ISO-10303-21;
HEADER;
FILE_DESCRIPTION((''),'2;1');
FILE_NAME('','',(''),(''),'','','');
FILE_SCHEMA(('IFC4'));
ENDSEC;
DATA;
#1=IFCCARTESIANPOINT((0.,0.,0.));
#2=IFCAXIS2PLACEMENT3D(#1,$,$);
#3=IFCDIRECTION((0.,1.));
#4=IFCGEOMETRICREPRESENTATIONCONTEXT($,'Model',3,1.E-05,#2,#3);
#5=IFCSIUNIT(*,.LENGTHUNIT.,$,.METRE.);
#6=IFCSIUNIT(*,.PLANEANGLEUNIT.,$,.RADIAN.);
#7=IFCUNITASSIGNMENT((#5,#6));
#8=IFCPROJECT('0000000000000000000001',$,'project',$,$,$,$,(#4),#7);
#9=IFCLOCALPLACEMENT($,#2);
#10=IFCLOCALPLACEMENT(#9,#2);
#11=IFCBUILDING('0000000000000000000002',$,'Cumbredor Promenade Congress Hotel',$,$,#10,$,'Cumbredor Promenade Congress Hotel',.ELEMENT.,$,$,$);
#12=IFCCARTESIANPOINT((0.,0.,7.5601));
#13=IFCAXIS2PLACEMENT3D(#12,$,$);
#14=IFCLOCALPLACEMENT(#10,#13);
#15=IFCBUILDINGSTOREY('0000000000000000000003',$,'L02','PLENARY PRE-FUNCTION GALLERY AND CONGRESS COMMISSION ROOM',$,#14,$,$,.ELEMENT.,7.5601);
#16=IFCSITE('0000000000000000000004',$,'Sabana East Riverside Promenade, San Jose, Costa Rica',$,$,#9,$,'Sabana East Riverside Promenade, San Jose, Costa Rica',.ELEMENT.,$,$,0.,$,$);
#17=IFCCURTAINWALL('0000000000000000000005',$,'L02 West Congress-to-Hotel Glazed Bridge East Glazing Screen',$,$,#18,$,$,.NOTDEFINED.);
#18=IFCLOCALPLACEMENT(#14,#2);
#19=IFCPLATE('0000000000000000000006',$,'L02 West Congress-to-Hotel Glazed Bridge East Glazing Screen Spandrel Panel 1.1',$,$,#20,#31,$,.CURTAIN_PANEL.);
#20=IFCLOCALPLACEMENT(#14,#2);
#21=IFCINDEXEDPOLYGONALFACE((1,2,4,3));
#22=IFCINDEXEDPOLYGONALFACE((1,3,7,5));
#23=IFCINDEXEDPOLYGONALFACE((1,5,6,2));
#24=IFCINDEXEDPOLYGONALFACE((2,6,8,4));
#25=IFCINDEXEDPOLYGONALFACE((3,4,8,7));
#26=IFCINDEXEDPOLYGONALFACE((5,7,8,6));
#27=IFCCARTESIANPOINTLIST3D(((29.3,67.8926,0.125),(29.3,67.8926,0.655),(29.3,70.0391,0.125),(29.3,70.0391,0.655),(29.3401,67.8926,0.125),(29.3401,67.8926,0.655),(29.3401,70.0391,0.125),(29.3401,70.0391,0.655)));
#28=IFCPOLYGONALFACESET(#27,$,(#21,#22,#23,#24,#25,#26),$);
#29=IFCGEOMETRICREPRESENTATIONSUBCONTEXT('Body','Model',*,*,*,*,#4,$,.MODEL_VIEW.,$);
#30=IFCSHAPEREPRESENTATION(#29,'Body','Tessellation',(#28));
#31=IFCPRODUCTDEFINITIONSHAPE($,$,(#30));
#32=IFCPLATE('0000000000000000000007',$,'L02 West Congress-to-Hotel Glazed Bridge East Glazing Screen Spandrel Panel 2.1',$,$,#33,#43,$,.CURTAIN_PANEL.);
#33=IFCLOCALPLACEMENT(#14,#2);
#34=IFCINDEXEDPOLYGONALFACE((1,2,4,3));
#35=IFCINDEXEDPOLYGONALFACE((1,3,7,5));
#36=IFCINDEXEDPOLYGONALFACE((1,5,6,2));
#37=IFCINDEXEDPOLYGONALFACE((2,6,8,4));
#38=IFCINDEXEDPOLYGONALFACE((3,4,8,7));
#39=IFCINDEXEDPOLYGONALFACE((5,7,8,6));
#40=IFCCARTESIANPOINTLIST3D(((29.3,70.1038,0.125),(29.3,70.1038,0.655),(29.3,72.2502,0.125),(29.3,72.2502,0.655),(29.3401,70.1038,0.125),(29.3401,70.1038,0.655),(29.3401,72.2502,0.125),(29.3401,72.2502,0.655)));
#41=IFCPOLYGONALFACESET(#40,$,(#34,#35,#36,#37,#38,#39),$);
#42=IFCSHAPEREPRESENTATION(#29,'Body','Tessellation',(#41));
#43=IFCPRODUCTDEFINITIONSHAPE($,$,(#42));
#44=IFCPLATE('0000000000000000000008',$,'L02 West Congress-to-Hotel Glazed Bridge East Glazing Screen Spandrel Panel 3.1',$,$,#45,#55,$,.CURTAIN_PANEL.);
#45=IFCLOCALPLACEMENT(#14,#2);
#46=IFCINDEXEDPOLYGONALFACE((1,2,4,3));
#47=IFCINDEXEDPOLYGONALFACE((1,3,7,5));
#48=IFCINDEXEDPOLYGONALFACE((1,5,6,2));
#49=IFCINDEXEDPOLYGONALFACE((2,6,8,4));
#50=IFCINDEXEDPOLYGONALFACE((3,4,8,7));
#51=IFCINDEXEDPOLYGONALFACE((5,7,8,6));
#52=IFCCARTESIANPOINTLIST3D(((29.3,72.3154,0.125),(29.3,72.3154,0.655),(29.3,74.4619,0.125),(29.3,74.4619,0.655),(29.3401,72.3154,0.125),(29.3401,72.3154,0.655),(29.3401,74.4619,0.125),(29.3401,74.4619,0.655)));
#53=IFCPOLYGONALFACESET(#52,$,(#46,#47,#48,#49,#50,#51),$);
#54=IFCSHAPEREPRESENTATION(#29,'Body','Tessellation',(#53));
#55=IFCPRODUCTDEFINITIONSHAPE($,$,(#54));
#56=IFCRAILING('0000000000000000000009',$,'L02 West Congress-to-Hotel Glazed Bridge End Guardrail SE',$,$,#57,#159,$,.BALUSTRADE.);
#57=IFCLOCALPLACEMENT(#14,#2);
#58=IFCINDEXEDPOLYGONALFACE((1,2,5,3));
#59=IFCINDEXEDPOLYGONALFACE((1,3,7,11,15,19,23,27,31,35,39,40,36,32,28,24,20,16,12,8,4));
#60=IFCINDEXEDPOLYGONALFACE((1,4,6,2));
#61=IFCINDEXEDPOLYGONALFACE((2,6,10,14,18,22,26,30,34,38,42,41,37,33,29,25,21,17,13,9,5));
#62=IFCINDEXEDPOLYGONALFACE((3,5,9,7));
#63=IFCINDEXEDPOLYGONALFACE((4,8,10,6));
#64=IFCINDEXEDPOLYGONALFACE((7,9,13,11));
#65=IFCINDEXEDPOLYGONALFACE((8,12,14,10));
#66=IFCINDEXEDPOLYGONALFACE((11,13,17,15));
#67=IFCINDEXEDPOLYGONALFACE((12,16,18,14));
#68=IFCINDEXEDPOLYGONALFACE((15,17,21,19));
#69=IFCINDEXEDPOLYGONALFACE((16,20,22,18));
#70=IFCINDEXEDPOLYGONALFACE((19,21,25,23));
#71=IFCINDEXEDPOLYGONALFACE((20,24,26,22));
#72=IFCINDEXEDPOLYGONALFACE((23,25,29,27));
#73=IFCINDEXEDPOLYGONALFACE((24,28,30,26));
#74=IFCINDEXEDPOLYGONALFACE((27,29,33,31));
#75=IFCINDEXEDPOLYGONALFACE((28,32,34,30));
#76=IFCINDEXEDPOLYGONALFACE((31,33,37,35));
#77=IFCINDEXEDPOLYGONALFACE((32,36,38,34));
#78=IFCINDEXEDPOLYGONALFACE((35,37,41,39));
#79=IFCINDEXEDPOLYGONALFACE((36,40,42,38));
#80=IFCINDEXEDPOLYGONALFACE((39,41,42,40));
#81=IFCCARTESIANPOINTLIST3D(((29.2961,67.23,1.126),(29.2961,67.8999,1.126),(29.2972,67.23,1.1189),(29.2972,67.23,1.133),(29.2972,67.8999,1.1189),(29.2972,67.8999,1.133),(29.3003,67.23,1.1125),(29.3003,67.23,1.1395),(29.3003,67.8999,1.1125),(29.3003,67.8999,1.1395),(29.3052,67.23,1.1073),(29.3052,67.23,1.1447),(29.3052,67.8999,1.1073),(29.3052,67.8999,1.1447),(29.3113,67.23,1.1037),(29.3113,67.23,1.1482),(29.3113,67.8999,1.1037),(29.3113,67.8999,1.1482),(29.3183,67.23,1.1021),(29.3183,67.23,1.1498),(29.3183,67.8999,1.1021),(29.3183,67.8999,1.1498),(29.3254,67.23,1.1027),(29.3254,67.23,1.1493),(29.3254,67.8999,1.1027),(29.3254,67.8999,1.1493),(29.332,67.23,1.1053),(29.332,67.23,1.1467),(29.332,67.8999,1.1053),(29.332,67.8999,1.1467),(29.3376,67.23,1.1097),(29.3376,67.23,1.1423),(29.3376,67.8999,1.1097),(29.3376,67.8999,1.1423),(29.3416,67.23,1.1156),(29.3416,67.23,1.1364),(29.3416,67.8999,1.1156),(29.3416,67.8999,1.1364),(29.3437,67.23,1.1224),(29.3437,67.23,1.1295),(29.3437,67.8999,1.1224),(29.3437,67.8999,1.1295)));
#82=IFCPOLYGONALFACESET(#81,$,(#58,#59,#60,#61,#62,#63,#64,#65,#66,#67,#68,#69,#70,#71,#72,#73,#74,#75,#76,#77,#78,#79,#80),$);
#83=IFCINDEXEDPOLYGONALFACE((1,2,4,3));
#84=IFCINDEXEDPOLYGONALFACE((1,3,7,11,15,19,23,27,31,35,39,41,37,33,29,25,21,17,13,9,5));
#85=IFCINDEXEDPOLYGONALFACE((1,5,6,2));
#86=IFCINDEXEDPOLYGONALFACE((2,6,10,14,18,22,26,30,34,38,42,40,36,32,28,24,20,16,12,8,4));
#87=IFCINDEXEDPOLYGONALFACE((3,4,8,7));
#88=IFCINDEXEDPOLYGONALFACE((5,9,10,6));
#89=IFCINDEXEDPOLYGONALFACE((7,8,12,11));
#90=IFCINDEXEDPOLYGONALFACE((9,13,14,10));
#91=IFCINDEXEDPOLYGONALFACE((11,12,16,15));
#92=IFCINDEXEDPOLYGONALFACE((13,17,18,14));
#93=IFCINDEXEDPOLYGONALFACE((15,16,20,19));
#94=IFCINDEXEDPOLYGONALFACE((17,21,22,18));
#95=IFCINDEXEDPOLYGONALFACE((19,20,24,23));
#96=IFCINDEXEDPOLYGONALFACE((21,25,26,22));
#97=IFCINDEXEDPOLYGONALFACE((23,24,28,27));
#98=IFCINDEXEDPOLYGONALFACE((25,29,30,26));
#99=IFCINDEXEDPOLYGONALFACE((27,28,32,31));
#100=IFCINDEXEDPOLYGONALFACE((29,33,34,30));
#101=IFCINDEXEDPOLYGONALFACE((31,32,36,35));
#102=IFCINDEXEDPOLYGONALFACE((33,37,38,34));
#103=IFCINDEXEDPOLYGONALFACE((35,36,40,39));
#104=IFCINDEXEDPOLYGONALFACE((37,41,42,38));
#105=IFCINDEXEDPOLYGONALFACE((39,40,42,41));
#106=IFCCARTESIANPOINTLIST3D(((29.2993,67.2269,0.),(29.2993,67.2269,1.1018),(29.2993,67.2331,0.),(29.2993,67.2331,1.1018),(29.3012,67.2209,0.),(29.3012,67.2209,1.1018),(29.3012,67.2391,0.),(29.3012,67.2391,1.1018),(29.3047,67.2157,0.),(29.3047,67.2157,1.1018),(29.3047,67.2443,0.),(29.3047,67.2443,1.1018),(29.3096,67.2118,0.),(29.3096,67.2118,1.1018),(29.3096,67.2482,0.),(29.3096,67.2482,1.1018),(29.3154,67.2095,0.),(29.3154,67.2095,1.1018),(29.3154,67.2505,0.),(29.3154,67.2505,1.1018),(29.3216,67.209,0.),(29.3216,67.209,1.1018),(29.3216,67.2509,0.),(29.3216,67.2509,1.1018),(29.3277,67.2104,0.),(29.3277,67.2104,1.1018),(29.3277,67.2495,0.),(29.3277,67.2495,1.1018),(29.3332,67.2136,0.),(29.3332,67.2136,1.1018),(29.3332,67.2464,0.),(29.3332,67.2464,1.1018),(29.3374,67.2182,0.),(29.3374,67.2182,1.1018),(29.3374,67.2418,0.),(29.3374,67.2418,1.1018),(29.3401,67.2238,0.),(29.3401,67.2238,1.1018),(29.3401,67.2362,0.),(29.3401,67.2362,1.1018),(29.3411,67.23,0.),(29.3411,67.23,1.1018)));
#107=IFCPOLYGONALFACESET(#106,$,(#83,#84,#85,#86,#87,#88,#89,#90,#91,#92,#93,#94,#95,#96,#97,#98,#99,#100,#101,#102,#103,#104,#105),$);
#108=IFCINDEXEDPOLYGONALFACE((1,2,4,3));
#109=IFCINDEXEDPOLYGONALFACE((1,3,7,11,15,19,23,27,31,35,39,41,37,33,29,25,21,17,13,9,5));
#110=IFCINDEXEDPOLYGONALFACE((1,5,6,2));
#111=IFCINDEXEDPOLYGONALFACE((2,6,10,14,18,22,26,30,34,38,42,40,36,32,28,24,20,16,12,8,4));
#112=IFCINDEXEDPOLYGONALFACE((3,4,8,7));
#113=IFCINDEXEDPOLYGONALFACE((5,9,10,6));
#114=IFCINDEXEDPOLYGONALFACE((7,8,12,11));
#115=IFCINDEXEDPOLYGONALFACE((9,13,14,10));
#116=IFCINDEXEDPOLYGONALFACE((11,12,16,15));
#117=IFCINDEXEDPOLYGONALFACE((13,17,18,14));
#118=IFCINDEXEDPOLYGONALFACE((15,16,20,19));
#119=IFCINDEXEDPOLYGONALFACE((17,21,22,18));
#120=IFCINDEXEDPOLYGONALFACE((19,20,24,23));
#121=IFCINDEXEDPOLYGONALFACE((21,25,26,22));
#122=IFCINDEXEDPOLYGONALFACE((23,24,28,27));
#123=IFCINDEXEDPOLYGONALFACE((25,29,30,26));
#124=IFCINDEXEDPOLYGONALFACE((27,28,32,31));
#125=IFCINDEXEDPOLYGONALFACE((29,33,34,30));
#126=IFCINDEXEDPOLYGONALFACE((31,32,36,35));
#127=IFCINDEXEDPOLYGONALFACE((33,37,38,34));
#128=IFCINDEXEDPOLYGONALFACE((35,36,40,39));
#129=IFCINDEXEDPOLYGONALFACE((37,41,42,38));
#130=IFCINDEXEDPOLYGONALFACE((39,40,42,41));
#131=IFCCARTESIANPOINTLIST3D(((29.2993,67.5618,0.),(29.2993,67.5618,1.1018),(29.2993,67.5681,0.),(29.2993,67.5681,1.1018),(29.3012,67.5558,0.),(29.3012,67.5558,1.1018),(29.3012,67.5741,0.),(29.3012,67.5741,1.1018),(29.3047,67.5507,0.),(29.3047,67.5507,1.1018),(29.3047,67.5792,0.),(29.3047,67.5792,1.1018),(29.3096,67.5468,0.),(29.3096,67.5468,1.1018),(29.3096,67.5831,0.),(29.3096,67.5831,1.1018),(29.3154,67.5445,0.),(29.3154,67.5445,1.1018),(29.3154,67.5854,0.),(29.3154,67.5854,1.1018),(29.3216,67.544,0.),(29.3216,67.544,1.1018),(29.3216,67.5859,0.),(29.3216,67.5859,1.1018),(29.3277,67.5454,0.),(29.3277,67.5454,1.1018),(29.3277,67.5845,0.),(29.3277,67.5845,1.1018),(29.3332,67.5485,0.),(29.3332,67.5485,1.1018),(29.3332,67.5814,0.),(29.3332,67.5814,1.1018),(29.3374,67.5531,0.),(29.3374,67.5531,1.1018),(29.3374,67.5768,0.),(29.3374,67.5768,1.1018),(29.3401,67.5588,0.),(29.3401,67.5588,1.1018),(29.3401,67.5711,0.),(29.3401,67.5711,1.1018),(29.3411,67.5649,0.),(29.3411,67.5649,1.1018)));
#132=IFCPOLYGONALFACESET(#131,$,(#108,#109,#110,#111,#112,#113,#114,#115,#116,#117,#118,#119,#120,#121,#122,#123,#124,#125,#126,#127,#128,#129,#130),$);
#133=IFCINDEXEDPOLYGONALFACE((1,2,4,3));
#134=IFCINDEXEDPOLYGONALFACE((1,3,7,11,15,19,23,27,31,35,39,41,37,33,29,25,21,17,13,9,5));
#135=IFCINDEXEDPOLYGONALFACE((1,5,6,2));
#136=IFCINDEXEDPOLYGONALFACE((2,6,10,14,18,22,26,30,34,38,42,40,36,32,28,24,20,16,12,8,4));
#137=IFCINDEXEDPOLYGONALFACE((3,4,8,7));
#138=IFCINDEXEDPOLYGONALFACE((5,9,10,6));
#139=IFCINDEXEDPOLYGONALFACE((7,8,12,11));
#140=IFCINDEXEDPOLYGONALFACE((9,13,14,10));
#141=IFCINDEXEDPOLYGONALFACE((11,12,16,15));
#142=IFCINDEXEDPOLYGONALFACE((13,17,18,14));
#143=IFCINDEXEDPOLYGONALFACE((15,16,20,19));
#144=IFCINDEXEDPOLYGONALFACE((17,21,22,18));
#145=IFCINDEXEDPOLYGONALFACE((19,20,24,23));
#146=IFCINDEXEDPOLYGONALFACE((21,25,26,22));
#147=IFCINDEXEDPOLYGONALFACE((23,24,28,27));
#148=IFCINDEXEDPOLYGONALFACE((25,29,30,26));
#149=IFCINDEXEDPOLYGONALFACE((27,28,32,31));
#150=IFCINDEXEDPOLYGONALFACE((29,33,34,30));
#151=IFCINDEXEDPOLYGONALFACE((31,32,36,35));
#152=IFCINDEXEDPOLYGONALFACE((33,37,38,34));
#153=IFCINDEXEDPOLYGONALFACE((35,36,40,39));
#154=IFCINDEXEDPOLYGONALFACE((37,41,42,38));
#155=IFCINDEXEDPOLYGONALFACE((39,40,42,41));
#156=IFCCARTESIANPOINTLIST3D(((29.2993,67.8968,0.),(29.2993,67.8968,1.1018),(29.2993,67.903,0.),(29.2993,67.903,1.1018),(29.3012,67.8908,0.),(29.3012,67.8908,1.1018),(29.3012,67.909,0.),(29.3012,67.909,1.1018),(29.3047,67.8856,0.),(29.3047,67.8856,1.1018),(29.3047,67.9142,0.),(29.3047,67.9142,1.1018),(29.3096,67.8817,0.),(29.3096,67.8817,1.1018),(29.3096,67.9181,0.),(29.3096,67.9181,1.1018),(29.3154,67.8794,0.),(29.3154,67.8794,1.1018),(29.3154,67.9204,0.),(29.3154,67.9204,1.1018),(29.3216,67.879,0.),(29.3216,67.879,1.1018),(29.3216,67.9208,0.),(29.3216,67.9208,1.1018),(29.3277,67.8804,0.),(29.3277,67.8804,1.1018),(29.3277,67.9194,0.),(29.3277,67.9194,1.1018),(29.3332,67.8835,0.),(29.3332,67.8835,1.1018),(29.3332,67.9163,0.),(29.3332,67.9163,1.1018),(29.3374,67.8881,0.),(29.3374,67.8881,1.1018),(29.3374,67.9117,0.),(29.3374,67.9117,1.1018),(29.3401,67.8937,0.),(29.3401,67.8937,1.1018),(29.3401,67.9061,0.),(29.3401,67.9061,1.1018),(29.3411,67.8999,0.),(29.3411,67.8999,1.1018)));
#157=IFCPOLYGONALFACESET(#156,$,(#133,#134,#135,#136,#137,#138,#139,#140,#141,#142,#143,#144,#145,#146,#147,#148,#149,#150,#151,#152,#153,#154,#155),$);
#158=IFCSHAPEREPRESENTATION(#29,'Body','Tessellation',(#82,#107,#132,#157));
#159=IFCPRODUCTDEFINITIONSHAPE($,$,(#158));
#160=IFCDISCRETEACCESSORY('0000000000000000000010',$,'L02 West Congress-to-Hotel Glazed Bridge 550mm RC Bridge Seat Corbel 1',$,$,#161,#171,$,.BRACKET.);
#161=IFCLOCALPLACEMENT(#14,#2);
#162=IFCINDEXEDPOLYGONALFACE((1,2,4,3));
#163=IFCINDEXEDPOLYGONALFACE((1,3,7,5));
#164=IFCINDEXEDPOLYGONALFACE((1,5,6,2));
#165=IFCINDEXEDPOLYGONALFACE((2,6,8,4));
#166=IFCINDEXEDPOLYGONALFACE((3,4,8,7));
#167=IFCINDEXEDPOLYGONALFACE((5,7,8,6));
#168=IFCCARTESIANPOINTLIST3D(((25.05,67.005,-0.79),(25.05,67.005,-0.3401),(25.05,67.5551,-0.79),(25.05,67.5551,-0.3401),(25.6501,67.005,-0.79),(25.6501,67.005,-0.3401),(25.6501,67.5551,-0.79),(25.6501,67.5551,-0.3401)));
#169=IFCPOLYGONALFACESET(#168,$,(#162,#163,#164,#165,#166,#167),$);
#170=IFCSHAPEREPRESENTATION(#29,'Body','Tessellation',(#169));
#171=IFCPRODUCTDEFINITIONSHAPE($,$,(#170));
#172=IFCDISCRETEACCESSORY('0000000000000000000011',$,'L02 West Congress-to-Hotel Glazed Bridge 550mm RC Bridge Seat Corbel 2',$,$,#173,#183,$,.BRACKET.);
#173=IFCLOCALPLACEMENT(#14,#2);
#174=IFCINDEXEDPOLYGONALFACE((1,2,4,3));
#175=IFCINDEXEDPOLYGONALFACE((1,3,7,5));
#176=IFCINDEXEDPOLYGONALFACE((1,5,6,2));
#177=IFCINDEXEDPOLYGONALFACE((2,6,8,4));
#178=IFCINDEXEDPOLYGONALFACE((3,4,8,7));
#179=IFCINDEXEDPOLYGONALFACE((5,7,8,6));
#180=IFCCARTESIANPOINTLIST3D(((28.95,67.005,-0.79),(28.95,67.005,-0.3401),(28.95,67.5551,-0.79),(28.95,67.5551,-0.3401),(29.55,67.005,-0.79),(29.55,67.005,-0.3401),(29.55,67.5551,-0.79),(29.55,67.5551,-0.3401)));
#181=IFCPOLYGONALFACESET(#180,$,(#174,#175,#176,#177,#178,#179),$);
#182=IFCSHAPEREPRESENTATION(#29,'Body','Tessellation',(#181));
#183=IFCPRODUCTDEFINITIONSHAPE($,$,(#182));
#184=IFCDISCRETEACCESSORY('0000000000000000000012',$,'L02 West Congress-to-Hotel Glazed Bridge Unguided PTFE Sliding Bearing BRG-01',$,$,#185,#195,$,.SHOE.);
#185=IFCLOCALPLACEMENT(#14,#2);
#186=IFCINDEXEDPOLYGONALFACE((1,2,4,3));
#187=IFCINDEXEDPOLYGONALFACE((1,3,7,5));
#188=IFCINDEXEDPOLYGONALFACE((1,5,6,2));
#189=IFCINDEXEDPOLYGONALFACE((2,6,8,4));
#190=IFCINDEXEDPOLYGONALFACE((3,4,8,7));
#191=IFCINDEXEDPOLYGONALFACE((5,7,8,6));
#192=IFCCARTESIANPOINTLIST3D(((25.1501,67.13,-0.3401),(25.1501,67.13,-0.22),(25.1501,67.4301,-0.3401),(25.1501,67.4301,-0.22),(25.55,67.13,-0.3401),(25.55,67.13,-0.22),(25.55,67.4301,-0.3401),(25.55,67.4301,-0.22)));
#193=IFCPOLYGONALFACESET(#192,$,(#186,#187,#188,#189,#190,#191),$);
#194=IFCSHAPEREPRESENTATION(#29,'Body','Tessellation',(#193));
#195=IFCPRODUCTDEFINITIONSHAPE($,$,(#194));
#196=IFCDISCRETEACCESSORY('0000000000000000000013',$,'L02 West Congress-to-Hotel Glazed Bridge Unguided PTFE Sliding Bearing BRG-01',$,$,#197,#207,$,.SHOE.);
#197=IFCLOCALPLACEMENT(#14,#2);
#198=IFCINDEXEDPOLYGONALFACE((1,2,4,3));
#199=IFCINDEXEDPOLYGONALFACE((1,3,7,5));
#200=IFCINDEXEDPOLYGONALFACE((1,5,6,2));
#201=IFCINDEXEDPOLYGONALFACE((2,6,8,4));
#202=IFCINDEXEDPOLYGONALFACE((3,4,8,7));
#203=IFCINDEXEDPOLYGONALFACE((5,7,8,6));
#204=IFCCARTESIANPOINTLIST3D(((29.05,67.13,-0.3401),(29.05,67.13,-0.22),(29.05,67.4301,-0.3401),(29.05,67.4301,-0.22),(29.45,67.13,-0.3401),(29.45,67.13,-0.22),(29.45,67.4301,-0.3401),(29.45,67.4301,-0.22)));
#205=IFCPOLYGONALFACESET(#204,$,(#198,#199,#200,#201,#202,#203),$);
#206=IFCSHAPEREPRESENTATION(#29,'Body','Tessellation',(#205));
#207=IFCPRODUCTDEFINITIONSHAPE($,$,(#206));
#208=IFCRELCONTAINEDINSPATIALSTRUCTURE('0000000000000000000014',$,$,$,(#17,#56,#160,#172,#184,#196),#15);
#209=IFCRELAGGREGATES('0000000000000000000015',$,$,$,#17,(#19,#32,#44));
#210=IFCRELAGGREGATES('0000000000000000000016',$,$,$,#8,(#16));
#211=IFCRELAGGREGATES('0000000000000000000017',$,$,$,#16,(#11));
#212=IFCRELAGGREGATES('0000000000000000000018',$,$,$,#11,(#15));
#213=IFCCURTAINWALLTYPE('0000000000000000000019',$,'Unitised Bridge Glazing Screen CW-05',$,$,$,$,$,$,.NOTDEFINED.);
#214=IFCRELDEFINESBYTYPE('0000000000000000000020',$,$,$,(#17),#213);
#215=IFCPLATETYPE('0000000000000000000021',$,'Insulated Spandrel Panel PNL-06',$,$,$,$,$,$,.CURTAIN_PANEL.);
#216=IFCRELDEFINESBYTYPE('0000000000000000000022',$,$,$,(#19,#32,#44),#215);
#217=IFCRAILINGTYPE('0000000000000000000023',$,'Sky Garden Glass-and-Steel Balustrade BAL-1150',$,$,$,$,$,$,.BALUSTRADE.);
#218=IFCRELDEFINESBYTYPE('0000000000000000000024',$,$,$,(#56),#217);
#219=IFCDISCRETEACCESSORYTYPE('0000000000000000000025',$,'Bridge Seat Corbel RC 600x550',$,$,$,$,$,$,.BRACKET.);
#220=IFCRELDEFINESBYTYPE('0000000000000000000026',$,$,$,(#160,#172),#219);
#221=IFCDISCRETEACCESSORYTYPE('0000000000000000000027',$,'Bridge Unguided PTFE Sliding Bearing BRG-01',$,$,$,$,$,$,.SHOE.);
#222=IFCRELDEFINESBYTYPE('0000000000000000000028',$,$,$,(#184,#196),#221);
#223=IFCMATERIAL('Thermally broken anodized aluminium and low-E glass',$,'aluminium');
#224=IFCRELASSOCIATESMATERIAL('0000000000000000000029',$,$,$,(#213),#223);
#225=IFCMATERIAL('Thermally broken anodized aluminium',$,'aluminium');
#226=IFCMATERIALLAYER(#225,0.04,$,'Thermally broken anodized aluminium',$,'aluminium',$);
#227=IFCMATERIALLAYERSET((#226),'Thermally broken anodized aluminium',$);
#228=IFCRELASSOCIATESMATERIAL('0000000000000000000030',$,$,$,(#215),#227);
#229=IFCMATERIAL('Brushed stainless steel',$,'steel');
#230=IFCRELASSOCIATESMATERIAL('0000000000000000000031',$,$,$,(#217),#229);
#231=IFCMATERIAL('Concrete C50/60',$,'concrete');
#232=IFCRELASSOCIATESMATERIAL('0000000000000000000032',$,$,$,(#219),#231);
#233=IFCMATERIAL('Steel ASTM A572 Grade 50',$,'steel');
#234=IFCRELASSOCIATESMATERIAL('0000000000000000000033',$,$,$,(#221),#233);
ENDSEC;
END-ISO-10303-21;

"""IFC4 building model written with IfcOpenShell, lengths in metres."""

from ifc_helpers import new_model, si_unit, direction, frame, origin, origin_2d, place, context, subcontext, project, spatial, rectangle, circle, extrude, material, layer, layer_set, type_object, element, aggregate, save


model = new_model("IFC4")

# Units and contexts
model_context = context("Model", 3, precision=1e-05, world=origin(), true_north=direction((0.0, 1.0)))
body_context = subcontext(model_context, "Body", "Model", "MODEL_VIEW")
ifc_project = project(units=[si_unit("LENGTHUNIT", "METRE"), si_unit("PLANEANGLEUNIT", "RADIAN")], contexts=[model_context])

# Site, building, storey
site_placement = place(None, origin())
site = spatial("IfcSite", under=ifc_project, at=site_placement, Name="Sabana East Riverside Promenade, San Jose, Costa Rica", LongName="Sabana East Riverside Promenade, San Jose, Costa Rica", CompositionType="ELEMENT", RefElevation=0.0)
building_placement = place(site_placement, origin())
building = spatial("IfcBuilding", under=site, at=building_placement, Name="Cumbredor Promenade Congress Hotel", LongName="Cumbredor Promenade Congress Hotel", CompositionType="ELEMENT")
storey_placement = place(building_placement, frame((0.0, 0.0, 7.5601)))
storey = spatial("IfcBuildingStorey", under=building, at=storey_placement, Name="L02", Description="PLENARY PRE-FUNCTION GALLERY AND CONGRESS COMMISSION ROOM", CompositionType="ELEMENT", Elevation=7.5601)

# Shared definitions
ifc_material_1 = material(Name="Concrete C50/60", Category="concrete")

# Curtain wall
ifc_material_2 = material(Name="Thermally broken anodized aluminium and low-E glass", Category="aluminium")
curtain_wall_type = type_object("IfcCurtainWallType", Name="Unitised Bridge Glazing Screen CW-05", PredefinedType="NOTDEFINED", material=ifc_material_2)
curtain_wall_placement = place(storey_placement, origin())
curtain_wall = element("IfcCurtainWall", 1, at=curtain_wall_placement, inside=storey, type_object=curtain_wall_type, Name="L02 West Congress-to-Hotel Glazed Bridge East Glazing Screen", PredefinedType="NOTDEFINED")
ifc_material_3 = material(Name="Thermally broken anodized aluminium", Category="aluminium")

# Shared definitions
ifc_material_4 = material(Name="Steel ASTM A572 Grade 50", Category="steel")

# Plates
ifc_layer_1 = layer(ifc_material_3, 0.04, Name="Thermally broken anodized aluminium", Category="aluminium")
ifc_layer_set_1 = layer_set([ifc_layer_1], Name="Thermally broken anodized aluminium")
plate_type_1 = type_object("IfcPlateType", Name="Insulated Spandrel Panel PNL-06", PredefinedType="CURTAIN_PANEL", material=ifc_layer_set_1)
plate_1_placement = place(storey_placement, frame((29.3201, 68.9658, 0.125), z_axis=(0.0, 0.0, 1.0), x_axis=(0.0, 1.0, 0.0)))
plate_1 = element("IfcPlate", 2, at=plate_1_placement, type_object=plate_type_1, Name="L02 West Congress-to-Hotel Glazed Bridge East Glazing Screen Spandrel Panel 1.1", PredefinedType="CURTAIN_PANEL", context=body_context, shape_type="SweptSolid", body=[
    extrude(rectangle(XDim=2.1465, YDim=0.04, at=origin_2d()), origin(), (0.0, 0.0, 1.0), 0.53),
])
plate_2_placement = place(storey_placement, frame((29.3201, 71.177, 0.125), z_axis=(0.0, 0.0, 1.0), x_axis=(0.0, 1.0, 0.0)))
plate_2 = element("IfcPlate", 3, at=plate_2_placement, type_object=plate_type_1, Name="L02 West Congress-to-Hotel Glazed Bridge East Glazing Screen Spandrel Panel 2.1", PredefinedType="CURTAIN_PANEL", context=body_context, shape_type="SweptSolid", body=[
    extrude(rectangle(XDim=2.1465, YDim=0.04, at=origin_2d()), origin(), (0.0, 0.0, 1.0), 0.53),
])
plate_3_placement = place(storey_placement, frame((29.3201, 73.3887, 0.125), z_axis=(0.0, 0.0, 1.0), x_axis=(0.0, 1.0, 0.0)))
plate_3 = element("IfcPlate", 4, at=plate_3_placement, type_object=plate_type_1, Name="L02 West Congress-to-Hotel Glazed Bridge East Glazing Screen Spandrel Panel 3.1", PredefinedType="CURTAIN_PANEL", context=body_context, shape_type="SweptSolid", body=[
    extrude(rectangle(XDim=2.1465, YDim=0.04, at=origin_2d()), origin(), (0.0, 0.0, 1.0), 0.53),
])
aggregate(curtain_wall, [plate_1, plate_2, plate_3])

# Railing
ifc_material_5 = material(Name="Brushed stainless steel", Category="steel")
railing_type = type_object("IfcRailingType", Name="Sky Garden Glass-and-Steel Balustrade BAL-1150", PredefinedType="BALUSTRADE", material=ifc_material_5)
railing_placement = place(storey_placement, frame((29.3201, 67.23, 0.0)))
element("IfcRailing", 5, at=railing_placement, inside=storey, type_object=railing_type, Name="L02 West Congress-to-Hotel Glazed Bridge End Guardrail SE", PredefinedType="BALUSTRADE", context=body_context, shape_type="SweptSolid", body=[
    extrude(circle(Radius=0.0239, at=origin_2d()), frame((0.0, 0.0, 1.126), z_axis=(0.0, 1.0, 0.0), x_axis=(-1.0, 0.0, 0.0)), (0.0, 0.0, 1.0), 0.6699),
    extrude(circle(Radius=0.021, at=origin_2d()), origin(), (0.0, 0.0, 1.0), 1.1018),
    extrude(circle(Radius=0.021, at=origin_2d()), frame((0.0, 0.335, 0.0)), (0.0, 0.0, 1.0), 1.1018),
    extrude(circle(Radius=0.021, at=origin_2d()), frame((0.0, 0.6699, 0.0)), (0.0, 0.0, 1.0), 1.1018),
])

# Discrete accessories
discrete_accessory_type_1 = type_object("IfcDiscreteAccessoryType", Name="Bridge Seat Corbel RC 600x550", PredefinedType="BRACKET", material=ifc_material_1)
for number, where, z_axis, x_axis, name in (
    (6, (25.3501, 67.28, -0.79), (0.0, 0.0, 1.0), (0.0, 1.0, 0.0), "L02 West Congress-to-Hotel Glazed Bridge 550mm RC Bridge Seat Corbel 1"),
    (7, (29.25, 67.28, -0.79), (0.0, 0.0, 1.0), (0.0, 1.0, 0.0), "L02 West Congress-to-Hotel Glazed Bridge 550mm RC Bridge Seat Corbel 2"),
):
    element("IfcDiscreteAccessory", number, at=place(storey_placement, frame(where, z_axis=z_axis, x_axis=x_axis)), inside=storey, type_object=discrete_accessory_type_1, Name=name, PredefinedType="BRACKET", context=body_context, shape_type="SweptSolid", body=[
        extrude(rectangle(XDim=0.55, YDim=0.6001, at=origin_2d()), origin(), (0.0, 0.0, 1.0), 0.45),
    ])
discrete_accessory_type_2 = type_object("IfcDiscreteAccessoryType", Name="Bridge Unguided PTFE Sliding Bearing BRG-01", PredefinedType="SHOE", material=ifc_material_4)
for number, where, z_axis, x_axis, name in (
    (8, (25.3501, 67.28, -0.3401), (0.0, 0.0, 1.0), (0.0, 1.0, 0.0), "L02 West Congress-to-Hotel Glazed Bridge Unguided PTFE Sliding Bearing BRG-01"),
    (9, (29.25, 67.28, -0.3401), (0.0, 0.0, 1.0), (0.0, 1.0, 0.0), "L02 West Congress-to-Hotel Glazed Bridge Unguided PTFE Sliding Bearing BRG-01"),
):
    element("IfcDiscreteAccessory", number, at=place(storey_placement, frame(where, z_axis=z_axis, x_axis=x_axis)), inside=storey, type_object=discrete_accessory_type_2, Name=name, PredefinedType="SHOE", context=body_context, shape_type="SweptSolid", body=[
        extrude(rectangle(XDim=0.3, YDim=0.3999, at=origin_2d()), origin(), (0.0, 0.0, 1.0), 0.1201),
    ])

save(model, "model.ifc")
